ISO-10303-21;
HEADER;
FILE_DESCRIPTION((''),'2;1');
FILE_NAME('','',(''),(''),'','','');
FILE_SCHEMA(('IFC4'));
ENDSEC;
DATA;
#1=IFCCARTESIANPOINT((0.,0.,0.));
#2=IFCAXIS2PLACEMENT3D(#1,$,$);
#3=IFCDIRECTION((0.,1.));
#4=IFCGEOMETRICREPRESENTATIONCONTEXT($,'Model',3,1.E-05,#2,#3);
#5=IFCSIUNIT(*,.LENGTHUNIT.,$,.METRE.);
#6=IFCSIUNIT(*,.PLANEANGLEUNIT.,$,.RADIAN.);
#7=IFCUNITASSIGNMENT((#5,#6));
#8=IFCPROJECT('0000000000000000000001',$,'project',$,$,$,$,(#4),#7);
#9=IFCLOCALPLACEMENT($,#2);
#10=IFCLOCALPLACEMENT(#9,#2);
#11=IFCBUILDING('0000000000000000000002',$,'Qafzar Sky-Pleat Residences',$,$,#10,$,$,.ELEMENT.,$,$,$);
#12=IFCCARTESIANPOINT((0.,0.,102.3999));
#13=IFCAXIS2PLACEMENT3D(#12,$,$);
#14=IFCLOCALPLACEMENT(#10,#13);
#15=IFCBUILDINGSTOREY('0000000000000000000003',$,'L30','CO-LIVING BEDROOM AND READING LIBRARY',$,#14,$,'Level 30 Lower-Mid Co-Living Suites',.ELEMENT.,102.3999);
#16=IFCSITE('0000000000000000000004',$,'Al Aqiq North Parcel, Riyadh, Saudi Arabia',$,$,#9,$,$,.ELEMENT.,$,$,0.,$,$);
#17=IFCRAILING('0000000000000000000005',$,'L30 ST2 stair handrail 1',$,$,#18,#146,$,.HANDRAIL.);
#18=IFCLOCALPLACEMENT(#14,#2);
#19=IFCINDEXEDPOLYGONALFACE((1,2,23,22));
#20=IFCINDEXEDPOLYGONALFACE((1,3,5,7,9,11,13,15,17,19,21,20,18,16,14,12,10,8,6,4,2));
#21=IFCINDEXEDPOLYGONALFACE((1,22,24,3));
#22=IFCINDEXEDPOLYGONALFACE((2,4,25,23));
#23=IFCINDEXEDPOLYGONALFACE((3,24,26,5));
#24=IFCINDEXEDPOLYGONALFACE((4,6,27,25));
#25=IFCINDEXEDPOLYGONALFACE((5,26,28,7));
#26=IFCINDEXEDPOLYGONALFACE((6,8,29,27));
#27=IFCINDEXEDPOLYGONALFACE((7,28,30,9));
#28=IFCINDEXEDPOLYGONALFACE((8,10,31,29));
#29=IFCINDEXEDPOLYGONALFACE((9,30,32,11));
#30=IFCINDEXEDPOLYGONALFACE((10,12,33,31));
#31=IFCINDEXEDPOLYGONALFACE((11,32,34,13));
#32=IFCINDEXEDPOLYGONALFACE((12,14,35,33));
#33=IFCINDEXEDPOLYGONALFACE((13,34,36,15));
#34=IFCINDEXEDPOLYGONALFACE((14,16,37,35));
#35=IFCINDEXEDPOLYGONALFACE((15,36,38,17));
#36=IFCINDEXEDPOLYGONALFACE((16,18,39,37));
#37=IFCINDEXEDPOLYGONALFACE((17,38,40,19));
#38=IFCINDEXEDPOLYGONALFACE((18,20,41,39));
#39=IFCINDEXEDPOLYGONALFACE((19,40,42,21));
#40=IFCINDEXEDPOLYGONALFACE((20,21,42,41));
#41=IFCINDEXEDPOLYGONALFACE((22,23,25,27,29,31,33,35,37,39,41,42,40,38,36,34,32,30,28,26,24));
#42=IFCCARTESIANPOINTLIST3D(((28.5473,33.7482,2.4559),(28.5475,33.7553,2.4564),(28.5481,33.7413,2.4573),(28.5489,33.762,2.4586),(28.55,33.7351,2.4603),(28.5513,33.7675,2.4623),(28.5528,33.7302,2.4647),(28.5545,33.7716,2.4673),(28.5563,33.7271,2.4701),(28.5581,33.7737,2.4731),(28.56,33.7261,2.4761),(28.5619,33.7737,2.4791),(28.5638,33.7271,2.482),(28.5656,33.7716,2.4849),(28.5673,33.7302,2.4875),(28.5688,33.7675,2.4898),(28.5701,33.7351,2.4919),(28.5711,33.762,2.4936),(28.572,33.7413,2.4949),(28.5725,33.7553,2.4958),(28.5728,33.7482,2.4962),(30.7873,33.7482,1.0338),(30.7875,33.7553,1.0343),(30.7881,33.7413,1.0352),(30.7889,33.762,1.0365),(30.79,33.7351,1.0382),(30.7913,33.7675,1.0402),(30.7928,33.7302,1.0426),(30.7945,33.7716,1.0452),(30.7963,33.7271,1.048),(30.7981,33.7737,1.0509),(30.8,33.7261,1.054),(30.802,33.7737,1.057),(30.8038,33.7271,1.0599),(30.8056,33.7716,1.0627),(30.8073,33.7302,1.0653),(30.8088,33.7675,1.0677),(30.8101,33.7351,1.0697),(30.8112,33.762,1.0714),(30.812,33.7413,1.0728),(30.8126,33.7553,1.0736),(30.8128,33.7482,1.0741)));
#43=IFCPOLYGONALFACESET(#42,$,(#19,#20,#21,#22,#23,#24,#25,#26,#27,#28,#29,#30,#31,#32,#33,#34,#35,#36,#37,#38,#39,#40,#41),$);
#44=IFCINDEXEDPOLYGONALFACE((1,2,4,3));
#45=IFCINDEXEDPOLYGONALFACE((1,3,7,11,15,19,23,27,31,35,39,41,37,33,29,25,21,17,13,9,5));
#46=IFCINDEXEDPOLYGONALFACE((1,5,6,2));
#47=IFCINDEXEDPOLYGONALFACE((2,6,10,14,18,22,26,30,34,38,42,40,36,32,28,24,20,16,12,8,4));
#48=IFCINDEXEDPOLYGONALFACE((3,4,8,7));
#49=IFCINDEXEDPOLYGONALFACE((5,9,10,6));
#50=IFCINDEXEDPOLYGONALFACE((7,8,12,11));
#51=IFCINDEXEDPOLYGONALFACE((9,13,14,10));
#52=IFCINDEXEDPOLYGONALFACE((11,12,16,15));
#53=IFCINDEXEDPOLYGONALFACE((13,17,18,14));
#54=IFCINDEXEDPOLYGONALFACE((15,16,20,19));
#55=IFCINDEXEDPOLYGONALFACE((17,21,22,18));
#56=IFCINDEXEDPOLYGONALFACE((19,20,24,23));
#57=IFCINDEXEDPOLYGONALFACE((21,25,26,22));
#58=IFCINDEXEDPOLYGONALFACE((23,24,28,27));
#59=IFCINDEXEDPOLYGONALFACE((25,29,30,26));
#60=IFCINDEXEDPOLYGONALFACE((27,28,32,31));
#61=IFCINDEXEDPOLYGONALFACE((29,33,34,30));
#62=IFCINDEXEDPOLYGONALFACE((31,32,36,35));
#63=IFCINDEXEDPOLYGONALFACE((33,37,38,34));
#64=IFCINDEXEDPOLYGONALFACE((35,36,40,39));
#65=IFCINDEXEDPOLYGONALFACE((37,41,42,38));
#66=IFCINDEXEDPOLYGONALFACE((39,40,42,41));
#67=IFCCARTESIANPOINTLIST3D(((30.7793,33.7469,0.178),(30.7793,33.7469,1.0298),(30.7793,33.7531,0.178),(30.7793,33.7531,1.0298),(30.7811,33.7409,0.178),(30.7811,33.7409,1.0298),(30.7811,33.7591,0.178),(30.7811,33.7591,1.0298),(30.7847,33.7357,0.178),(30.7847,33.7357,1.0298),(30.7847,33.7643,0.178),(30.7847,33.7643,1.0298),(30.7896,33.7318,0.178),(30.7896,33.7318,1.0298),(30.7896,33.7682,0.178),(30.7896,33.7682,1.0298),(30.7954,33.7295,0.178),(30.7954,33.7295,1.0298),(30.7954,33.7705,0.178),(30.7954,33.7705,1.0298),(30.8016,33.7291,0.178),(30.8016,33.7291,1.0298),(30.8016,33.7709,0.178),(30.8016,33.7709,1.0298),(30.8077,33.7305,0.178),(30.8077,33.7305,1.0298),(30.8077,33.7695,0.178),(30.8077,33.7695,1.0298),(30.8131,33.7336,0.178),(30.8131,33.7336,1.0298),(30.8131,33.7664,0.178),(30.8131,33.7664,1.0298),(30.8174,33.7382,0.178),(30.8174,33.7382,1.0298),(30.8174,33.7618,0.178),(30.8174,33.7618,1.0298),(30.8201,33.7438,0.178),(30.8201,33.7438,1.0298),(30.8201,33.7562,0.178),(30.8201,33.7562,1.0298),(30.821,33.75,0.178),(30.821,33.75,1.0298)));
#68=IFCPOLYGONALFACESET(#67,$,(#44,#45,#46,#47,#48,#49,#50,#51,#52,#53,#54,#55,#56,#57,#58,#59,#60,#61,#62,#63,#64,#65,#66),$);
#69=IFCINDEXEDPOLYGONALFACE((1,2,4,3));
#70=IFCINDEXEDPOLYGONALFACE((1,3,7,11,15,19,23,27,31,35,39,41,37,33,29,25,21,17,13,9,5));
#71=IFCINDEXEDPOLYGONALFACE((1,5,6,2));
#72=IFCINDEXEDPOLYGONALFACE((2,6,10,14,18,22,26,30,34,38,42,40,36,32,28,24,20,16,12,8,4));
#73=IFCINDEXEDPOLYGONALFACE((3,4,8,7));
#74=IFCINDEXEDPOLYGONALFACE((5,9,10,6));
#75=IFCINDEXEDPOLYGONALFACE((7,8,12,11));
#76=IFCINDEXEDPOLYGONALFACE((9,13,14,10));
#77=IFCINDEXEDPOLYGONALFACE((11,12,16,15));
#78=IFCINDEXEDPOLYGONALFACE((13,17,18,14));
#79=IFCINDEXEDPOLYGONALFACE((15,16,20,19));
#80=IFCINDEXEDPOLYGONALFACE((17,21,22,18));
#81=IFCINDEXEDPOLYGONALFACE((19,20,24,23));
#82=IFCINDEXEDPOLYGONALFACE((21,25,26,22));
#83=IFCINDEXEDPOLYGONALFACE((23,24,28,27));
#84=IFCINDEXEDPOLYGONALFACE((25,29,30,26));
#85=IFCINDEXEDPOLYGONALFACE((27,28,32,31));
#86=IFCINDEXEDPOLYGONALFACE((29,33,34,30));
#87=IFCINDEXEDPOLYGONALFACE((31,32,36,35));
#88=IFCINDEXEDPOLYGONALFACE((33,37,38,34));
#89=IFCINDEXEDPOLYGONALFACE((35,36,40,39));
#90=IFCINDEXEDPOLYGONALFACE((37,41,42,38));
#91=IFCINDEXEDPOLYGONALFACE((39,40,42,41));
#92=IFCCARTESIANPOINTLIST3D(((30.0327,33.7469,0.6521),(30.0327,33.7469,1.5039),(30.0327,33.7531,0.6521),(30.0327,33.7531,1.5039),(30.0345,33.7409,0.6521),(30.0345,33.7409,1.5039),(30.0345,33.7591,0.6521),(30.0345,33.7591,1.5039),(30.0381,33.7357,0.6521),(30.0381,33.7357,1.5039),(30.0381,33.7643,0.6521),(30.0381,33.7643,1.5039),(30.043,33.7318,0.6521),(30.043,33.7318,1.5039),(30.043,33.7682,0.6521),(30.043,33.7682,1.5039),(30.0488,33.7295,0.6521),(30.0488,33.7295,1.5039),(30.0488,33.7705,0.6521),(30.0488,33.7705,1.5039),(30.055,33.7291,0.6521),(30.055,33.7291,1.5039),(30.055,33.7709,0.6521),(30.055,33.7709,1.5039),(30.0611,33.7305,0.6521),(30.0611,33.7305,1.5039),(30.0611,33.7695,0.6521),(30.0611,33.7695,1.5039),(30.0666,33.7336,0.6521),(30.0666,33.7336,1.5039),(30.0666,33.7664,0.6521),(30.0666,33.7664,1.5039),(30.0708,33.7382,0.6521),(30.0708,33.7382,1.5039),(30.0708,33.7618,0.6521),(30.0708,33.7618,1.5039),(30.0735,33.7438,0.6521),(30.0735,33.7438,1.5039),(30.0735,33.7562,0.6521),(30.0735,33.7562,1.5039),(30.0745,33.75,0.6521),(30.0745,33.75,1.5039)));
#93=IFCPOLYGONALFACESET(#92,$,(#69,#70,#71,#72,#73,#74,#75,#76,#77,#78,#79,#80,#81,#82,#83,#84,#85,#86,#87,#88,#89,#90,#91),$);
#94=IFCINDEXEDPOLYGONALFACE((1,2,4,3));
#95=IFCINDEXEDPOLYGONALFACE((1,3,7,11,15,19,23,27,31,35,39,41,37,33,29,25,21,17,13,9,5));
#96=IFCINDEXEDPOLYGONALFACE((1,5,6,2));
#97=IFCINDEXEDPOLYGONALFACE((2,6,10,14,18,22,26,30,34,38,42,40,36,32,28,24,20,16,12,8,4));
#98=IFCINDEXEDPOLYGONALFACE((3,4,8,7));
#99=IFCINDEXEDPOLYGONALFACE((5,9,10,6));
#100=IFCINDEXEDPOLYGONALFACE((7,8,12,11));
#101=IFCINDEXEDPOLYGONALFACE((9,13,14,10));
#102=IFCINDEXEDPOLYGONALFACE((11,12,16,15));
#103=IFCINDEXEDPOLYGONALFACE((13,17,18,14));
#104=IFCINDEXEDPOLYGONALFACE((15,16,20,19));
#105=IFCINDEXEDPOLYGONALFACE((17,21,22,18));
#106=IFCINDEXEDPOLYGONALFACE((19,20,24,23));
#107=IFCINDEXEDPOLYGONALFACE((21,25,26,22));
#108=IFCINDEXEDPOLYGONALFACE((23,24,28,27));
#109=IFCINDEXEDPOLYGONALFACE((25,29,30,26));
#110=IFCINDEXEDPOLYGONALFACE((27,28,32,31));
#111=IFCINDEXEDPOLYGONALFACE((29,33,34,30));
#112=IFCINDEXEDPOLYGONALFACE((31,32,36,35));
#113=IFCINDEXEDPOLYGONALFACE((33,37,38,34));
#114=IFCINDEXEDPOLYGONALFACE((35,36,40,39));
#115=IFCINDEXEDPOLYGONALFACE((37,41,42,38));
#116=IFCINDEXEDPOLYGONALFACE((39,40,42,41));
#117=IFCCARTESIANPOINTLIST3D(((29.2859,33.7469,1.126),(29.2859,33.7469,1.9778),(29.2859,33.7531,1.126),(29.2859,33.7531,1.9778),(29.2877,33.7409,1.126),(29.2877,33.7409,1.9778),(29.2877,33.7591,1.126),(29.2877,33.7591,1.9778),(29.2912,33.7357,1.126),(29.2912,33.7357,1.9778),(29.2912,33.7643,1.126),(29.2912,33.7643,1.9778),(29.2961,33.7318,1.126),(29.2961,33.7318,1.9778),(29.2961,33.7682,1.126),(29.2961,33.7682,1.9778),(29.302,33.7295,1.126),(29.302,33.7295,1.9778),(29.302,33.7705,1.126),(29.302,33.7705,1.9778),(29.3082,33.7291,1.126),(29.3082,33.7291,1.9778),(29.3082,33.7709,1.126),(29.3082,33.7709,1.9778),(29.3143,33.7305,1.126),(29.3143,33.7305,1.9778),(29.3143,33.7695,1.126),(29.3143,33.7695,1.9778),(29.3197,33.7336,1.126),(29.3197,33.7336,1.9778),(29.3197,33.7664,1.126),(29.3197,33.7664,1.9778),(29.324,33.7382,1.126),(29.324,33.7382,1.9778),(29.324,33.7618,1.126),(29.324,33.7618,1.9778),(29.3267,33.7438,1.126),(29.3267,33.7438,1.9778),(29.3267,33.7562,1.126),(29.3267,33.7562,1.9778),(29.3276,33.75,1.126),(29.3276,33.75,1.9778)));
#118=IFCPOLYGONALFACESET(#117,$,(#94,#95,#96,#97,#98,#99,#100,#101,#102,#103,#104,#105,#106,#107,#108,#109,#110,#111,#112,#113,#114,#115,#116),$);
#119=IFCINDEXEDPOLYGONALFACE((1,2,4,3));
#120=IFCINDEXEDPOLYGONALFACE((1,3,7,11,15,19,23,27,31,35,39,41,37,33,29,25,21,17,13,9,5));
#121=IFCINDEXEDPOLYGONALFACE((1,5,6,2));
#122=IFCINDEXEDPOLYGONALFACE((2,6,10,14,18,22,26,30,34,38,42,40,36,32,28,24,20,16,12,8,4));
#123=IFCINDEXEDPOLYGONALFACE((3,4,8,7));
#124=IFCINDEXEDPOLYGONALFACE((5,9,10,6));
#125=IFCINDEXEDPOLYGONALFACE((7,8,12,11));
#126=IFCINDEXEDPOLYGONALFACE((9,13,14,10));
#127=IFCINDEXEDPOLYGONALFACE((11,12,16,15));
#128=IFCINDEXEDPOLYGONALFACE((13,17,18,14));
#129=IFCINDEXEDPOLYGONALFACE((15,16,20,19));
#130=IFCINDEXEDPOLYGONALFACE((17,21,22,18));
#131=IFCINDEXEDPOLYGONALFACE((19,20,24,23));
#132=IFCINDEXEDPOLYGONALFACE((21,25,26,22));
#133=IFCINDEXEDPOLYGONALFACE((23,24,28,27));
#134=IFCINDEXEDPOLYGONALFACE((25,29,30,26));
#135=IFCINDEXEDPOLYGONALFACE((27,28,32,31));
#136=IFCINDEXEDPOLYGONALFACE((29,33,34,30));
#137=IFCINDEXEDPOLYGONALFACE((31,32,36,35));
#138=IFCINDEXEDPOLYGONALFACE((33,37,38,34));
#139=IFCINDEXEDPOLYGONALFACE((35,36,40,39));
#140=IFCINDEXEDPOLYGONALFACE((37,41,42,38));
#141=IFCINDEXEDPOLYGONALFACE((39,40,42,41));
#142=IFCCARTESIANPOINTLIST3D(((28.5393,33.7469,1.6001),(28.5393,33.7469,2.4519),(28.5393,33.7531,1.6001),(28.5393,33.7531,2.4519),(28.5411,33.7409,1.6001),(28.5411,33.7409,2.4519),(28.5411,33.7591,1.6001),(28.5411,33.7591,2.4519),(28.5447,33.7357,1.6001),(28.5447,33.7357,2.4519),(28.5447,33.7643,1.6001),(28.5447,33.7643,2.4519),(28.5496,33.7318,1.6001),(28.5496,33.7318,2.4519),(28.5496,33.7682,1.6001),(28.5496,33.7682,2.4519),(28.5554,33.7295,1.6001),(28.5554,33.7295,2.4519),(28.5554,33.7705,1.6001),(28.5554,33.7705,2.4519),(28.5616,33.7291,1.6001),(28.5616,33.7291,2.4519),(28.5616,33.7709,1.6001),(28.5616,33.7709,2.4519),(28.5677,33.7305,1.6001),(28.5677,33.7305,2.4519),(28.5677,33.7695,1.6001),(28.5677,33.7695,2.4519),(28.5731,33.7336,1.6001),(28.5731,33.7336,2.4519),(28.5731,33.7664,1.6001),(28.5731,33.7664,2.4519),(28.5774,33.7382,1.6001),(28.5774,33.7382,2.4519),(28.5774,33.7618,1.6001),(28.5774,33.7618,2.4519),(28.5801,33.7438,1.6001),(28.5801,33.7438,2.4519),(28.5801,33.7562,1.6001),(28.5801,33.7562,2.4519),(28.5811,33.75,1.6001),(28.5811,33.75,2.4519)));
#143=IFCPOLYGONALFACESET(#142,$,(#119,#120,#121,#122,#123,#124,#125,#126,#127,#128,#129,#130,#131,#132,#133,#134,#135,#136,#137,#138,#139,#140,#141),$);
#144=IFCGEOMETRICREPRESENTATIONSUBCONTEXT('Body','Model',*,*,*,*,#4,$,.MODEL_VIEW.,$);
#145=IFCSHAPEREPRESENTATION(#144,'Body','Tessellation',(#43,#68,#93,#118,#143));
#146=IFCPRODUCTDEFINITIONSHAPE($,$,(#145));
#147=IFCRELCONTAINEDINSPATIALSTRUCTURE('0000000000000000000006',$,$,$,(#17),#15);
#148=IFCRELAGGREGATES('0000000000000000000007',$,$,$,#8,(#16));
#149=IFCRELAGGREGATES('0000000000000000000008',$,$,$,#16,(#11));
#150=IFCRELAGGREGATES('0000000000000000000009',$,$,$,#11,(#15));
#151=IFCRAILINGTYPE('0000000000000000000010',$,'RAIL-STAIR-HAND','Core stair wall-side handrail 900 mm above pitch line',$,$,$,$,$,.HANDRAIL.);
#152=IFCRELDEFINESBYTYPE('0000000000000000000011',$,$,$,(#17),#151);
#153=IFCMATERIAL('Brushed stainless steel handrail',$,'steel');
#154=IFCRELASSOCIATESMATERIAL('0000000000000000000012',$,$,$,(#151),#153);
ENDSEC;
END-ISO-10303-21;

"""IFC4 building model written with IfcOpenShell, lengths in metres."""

from ifc_helpers import new_model, si_unit, direction, frame, origin, origin_2d, place, context, subcontext, project, spatial, circle, extrude, source, transform, mapped, material, type_object, element, save


model = new_model("IFC4")

# Units and contexts
model_context = context("Model", 3, precision=1e-05, world=origin(), true_north=direction((0.0, 1.0)))
body_context = subcontext(model_context, "Body", "Model", "MODEL_VIEW")
ifc_project = project(units=[si_unit("LENGTHUNIT", "METRE"), si_unit("PLANEANGLEUNIT", "RADIAN")], contexts=[model_context])

# Site, building, storey
site_placement = place(None, origin())
site = spatial("IfcSite", under=ifc_project, at=site_placement, Name="Al Aqiq North Parcel, Riyadh, Saudi Arabia", CompositionType="ELEMENT", RefElevation=0.0)
building_placement = place(site_placement, origin())
building = spatial("IfcBuilding", under=site, at=building_placement, Name="Qafzar Sky-Pleat Residences", CompositionType="ELEMENT")
storey_placement = place(building_placement, frame((0.0, 0.0, 102.3999)))
storey = spatial("IfcBuildingStorey", under=building, at=storey_placement, Name="L30", Description="CO-LIVING BEDROOM AND READING LIBRARY", LongName="Level 30 Lower-Mid Co-Living Suites", CompositionType="ELEMENT", Elevation=102.3999)

# Railing
ifc_material_1 = material(Name="Brushed stainless steel handrail", Category="steel")
railing_type_1 = type_object("IfcRailingType", Name="RAIL-STAIR-HAND", Description="Core stair wall-side handrail 900 mm above pitch line", PredefinedType="HANDRAIL", material=ifc_material_1)
shared_shape_1 = source(origin(), body_context, "Body", "SweptSolid", [
    extrude(circle(Radius=0.0239, at=origin_2d()), frame((0.0, 0.0, 0.876), z_axis=(-0.844229, 0.0, 0.535982), x_axis=(0.0, -1.0, 0.0)), (0.0, 0.0, 1.0), 2.6533),
    extrude(circle(Radius=0.021, at=origin_2d()), origin(), (0.0, 0.0, 1.0), 0.8518),
    extrude(circle(Radius=0.021, at=origin_2d()), frame((-0.7466, 0.0, 0.4741)), (0.0, 0.0, 1.0), 0.8518),
    extrude(circle(Radius=0.021, at=origin_2d()), frame((-1.4934, 0.0, 0.948)), (0.0, 0.0, 1.0), 0.8518),
    extrude(circle(Radius=0.021, at=origin_2d()), frame((-2.24, 0.0, 1.4221)), (0.0, 0.0, 1.0), 0.8518),
])
railing_1_placement = place(storey_placement, frame((30.8, 33.75, 0.178)))
element("IfcRailing", 1, at=railing_1_placement, inside=storey, type_object=railing_type_1, Name="L30 ST2 stair handrail 1", PredefinedType="HANDRAIL", context=body_context, shape_type="MappedRepresentation", body=[
    mapped(shared_shape_1, transform((0.0, 0.0, 0.0), x_axis=(1.0, 0.0, 0.0), y_axis=(0.0, 1.0, 0.0), z_axis=(0.0, 0.0, 1.0), scale=1.0)),
])

save(model, "model.ifc")
